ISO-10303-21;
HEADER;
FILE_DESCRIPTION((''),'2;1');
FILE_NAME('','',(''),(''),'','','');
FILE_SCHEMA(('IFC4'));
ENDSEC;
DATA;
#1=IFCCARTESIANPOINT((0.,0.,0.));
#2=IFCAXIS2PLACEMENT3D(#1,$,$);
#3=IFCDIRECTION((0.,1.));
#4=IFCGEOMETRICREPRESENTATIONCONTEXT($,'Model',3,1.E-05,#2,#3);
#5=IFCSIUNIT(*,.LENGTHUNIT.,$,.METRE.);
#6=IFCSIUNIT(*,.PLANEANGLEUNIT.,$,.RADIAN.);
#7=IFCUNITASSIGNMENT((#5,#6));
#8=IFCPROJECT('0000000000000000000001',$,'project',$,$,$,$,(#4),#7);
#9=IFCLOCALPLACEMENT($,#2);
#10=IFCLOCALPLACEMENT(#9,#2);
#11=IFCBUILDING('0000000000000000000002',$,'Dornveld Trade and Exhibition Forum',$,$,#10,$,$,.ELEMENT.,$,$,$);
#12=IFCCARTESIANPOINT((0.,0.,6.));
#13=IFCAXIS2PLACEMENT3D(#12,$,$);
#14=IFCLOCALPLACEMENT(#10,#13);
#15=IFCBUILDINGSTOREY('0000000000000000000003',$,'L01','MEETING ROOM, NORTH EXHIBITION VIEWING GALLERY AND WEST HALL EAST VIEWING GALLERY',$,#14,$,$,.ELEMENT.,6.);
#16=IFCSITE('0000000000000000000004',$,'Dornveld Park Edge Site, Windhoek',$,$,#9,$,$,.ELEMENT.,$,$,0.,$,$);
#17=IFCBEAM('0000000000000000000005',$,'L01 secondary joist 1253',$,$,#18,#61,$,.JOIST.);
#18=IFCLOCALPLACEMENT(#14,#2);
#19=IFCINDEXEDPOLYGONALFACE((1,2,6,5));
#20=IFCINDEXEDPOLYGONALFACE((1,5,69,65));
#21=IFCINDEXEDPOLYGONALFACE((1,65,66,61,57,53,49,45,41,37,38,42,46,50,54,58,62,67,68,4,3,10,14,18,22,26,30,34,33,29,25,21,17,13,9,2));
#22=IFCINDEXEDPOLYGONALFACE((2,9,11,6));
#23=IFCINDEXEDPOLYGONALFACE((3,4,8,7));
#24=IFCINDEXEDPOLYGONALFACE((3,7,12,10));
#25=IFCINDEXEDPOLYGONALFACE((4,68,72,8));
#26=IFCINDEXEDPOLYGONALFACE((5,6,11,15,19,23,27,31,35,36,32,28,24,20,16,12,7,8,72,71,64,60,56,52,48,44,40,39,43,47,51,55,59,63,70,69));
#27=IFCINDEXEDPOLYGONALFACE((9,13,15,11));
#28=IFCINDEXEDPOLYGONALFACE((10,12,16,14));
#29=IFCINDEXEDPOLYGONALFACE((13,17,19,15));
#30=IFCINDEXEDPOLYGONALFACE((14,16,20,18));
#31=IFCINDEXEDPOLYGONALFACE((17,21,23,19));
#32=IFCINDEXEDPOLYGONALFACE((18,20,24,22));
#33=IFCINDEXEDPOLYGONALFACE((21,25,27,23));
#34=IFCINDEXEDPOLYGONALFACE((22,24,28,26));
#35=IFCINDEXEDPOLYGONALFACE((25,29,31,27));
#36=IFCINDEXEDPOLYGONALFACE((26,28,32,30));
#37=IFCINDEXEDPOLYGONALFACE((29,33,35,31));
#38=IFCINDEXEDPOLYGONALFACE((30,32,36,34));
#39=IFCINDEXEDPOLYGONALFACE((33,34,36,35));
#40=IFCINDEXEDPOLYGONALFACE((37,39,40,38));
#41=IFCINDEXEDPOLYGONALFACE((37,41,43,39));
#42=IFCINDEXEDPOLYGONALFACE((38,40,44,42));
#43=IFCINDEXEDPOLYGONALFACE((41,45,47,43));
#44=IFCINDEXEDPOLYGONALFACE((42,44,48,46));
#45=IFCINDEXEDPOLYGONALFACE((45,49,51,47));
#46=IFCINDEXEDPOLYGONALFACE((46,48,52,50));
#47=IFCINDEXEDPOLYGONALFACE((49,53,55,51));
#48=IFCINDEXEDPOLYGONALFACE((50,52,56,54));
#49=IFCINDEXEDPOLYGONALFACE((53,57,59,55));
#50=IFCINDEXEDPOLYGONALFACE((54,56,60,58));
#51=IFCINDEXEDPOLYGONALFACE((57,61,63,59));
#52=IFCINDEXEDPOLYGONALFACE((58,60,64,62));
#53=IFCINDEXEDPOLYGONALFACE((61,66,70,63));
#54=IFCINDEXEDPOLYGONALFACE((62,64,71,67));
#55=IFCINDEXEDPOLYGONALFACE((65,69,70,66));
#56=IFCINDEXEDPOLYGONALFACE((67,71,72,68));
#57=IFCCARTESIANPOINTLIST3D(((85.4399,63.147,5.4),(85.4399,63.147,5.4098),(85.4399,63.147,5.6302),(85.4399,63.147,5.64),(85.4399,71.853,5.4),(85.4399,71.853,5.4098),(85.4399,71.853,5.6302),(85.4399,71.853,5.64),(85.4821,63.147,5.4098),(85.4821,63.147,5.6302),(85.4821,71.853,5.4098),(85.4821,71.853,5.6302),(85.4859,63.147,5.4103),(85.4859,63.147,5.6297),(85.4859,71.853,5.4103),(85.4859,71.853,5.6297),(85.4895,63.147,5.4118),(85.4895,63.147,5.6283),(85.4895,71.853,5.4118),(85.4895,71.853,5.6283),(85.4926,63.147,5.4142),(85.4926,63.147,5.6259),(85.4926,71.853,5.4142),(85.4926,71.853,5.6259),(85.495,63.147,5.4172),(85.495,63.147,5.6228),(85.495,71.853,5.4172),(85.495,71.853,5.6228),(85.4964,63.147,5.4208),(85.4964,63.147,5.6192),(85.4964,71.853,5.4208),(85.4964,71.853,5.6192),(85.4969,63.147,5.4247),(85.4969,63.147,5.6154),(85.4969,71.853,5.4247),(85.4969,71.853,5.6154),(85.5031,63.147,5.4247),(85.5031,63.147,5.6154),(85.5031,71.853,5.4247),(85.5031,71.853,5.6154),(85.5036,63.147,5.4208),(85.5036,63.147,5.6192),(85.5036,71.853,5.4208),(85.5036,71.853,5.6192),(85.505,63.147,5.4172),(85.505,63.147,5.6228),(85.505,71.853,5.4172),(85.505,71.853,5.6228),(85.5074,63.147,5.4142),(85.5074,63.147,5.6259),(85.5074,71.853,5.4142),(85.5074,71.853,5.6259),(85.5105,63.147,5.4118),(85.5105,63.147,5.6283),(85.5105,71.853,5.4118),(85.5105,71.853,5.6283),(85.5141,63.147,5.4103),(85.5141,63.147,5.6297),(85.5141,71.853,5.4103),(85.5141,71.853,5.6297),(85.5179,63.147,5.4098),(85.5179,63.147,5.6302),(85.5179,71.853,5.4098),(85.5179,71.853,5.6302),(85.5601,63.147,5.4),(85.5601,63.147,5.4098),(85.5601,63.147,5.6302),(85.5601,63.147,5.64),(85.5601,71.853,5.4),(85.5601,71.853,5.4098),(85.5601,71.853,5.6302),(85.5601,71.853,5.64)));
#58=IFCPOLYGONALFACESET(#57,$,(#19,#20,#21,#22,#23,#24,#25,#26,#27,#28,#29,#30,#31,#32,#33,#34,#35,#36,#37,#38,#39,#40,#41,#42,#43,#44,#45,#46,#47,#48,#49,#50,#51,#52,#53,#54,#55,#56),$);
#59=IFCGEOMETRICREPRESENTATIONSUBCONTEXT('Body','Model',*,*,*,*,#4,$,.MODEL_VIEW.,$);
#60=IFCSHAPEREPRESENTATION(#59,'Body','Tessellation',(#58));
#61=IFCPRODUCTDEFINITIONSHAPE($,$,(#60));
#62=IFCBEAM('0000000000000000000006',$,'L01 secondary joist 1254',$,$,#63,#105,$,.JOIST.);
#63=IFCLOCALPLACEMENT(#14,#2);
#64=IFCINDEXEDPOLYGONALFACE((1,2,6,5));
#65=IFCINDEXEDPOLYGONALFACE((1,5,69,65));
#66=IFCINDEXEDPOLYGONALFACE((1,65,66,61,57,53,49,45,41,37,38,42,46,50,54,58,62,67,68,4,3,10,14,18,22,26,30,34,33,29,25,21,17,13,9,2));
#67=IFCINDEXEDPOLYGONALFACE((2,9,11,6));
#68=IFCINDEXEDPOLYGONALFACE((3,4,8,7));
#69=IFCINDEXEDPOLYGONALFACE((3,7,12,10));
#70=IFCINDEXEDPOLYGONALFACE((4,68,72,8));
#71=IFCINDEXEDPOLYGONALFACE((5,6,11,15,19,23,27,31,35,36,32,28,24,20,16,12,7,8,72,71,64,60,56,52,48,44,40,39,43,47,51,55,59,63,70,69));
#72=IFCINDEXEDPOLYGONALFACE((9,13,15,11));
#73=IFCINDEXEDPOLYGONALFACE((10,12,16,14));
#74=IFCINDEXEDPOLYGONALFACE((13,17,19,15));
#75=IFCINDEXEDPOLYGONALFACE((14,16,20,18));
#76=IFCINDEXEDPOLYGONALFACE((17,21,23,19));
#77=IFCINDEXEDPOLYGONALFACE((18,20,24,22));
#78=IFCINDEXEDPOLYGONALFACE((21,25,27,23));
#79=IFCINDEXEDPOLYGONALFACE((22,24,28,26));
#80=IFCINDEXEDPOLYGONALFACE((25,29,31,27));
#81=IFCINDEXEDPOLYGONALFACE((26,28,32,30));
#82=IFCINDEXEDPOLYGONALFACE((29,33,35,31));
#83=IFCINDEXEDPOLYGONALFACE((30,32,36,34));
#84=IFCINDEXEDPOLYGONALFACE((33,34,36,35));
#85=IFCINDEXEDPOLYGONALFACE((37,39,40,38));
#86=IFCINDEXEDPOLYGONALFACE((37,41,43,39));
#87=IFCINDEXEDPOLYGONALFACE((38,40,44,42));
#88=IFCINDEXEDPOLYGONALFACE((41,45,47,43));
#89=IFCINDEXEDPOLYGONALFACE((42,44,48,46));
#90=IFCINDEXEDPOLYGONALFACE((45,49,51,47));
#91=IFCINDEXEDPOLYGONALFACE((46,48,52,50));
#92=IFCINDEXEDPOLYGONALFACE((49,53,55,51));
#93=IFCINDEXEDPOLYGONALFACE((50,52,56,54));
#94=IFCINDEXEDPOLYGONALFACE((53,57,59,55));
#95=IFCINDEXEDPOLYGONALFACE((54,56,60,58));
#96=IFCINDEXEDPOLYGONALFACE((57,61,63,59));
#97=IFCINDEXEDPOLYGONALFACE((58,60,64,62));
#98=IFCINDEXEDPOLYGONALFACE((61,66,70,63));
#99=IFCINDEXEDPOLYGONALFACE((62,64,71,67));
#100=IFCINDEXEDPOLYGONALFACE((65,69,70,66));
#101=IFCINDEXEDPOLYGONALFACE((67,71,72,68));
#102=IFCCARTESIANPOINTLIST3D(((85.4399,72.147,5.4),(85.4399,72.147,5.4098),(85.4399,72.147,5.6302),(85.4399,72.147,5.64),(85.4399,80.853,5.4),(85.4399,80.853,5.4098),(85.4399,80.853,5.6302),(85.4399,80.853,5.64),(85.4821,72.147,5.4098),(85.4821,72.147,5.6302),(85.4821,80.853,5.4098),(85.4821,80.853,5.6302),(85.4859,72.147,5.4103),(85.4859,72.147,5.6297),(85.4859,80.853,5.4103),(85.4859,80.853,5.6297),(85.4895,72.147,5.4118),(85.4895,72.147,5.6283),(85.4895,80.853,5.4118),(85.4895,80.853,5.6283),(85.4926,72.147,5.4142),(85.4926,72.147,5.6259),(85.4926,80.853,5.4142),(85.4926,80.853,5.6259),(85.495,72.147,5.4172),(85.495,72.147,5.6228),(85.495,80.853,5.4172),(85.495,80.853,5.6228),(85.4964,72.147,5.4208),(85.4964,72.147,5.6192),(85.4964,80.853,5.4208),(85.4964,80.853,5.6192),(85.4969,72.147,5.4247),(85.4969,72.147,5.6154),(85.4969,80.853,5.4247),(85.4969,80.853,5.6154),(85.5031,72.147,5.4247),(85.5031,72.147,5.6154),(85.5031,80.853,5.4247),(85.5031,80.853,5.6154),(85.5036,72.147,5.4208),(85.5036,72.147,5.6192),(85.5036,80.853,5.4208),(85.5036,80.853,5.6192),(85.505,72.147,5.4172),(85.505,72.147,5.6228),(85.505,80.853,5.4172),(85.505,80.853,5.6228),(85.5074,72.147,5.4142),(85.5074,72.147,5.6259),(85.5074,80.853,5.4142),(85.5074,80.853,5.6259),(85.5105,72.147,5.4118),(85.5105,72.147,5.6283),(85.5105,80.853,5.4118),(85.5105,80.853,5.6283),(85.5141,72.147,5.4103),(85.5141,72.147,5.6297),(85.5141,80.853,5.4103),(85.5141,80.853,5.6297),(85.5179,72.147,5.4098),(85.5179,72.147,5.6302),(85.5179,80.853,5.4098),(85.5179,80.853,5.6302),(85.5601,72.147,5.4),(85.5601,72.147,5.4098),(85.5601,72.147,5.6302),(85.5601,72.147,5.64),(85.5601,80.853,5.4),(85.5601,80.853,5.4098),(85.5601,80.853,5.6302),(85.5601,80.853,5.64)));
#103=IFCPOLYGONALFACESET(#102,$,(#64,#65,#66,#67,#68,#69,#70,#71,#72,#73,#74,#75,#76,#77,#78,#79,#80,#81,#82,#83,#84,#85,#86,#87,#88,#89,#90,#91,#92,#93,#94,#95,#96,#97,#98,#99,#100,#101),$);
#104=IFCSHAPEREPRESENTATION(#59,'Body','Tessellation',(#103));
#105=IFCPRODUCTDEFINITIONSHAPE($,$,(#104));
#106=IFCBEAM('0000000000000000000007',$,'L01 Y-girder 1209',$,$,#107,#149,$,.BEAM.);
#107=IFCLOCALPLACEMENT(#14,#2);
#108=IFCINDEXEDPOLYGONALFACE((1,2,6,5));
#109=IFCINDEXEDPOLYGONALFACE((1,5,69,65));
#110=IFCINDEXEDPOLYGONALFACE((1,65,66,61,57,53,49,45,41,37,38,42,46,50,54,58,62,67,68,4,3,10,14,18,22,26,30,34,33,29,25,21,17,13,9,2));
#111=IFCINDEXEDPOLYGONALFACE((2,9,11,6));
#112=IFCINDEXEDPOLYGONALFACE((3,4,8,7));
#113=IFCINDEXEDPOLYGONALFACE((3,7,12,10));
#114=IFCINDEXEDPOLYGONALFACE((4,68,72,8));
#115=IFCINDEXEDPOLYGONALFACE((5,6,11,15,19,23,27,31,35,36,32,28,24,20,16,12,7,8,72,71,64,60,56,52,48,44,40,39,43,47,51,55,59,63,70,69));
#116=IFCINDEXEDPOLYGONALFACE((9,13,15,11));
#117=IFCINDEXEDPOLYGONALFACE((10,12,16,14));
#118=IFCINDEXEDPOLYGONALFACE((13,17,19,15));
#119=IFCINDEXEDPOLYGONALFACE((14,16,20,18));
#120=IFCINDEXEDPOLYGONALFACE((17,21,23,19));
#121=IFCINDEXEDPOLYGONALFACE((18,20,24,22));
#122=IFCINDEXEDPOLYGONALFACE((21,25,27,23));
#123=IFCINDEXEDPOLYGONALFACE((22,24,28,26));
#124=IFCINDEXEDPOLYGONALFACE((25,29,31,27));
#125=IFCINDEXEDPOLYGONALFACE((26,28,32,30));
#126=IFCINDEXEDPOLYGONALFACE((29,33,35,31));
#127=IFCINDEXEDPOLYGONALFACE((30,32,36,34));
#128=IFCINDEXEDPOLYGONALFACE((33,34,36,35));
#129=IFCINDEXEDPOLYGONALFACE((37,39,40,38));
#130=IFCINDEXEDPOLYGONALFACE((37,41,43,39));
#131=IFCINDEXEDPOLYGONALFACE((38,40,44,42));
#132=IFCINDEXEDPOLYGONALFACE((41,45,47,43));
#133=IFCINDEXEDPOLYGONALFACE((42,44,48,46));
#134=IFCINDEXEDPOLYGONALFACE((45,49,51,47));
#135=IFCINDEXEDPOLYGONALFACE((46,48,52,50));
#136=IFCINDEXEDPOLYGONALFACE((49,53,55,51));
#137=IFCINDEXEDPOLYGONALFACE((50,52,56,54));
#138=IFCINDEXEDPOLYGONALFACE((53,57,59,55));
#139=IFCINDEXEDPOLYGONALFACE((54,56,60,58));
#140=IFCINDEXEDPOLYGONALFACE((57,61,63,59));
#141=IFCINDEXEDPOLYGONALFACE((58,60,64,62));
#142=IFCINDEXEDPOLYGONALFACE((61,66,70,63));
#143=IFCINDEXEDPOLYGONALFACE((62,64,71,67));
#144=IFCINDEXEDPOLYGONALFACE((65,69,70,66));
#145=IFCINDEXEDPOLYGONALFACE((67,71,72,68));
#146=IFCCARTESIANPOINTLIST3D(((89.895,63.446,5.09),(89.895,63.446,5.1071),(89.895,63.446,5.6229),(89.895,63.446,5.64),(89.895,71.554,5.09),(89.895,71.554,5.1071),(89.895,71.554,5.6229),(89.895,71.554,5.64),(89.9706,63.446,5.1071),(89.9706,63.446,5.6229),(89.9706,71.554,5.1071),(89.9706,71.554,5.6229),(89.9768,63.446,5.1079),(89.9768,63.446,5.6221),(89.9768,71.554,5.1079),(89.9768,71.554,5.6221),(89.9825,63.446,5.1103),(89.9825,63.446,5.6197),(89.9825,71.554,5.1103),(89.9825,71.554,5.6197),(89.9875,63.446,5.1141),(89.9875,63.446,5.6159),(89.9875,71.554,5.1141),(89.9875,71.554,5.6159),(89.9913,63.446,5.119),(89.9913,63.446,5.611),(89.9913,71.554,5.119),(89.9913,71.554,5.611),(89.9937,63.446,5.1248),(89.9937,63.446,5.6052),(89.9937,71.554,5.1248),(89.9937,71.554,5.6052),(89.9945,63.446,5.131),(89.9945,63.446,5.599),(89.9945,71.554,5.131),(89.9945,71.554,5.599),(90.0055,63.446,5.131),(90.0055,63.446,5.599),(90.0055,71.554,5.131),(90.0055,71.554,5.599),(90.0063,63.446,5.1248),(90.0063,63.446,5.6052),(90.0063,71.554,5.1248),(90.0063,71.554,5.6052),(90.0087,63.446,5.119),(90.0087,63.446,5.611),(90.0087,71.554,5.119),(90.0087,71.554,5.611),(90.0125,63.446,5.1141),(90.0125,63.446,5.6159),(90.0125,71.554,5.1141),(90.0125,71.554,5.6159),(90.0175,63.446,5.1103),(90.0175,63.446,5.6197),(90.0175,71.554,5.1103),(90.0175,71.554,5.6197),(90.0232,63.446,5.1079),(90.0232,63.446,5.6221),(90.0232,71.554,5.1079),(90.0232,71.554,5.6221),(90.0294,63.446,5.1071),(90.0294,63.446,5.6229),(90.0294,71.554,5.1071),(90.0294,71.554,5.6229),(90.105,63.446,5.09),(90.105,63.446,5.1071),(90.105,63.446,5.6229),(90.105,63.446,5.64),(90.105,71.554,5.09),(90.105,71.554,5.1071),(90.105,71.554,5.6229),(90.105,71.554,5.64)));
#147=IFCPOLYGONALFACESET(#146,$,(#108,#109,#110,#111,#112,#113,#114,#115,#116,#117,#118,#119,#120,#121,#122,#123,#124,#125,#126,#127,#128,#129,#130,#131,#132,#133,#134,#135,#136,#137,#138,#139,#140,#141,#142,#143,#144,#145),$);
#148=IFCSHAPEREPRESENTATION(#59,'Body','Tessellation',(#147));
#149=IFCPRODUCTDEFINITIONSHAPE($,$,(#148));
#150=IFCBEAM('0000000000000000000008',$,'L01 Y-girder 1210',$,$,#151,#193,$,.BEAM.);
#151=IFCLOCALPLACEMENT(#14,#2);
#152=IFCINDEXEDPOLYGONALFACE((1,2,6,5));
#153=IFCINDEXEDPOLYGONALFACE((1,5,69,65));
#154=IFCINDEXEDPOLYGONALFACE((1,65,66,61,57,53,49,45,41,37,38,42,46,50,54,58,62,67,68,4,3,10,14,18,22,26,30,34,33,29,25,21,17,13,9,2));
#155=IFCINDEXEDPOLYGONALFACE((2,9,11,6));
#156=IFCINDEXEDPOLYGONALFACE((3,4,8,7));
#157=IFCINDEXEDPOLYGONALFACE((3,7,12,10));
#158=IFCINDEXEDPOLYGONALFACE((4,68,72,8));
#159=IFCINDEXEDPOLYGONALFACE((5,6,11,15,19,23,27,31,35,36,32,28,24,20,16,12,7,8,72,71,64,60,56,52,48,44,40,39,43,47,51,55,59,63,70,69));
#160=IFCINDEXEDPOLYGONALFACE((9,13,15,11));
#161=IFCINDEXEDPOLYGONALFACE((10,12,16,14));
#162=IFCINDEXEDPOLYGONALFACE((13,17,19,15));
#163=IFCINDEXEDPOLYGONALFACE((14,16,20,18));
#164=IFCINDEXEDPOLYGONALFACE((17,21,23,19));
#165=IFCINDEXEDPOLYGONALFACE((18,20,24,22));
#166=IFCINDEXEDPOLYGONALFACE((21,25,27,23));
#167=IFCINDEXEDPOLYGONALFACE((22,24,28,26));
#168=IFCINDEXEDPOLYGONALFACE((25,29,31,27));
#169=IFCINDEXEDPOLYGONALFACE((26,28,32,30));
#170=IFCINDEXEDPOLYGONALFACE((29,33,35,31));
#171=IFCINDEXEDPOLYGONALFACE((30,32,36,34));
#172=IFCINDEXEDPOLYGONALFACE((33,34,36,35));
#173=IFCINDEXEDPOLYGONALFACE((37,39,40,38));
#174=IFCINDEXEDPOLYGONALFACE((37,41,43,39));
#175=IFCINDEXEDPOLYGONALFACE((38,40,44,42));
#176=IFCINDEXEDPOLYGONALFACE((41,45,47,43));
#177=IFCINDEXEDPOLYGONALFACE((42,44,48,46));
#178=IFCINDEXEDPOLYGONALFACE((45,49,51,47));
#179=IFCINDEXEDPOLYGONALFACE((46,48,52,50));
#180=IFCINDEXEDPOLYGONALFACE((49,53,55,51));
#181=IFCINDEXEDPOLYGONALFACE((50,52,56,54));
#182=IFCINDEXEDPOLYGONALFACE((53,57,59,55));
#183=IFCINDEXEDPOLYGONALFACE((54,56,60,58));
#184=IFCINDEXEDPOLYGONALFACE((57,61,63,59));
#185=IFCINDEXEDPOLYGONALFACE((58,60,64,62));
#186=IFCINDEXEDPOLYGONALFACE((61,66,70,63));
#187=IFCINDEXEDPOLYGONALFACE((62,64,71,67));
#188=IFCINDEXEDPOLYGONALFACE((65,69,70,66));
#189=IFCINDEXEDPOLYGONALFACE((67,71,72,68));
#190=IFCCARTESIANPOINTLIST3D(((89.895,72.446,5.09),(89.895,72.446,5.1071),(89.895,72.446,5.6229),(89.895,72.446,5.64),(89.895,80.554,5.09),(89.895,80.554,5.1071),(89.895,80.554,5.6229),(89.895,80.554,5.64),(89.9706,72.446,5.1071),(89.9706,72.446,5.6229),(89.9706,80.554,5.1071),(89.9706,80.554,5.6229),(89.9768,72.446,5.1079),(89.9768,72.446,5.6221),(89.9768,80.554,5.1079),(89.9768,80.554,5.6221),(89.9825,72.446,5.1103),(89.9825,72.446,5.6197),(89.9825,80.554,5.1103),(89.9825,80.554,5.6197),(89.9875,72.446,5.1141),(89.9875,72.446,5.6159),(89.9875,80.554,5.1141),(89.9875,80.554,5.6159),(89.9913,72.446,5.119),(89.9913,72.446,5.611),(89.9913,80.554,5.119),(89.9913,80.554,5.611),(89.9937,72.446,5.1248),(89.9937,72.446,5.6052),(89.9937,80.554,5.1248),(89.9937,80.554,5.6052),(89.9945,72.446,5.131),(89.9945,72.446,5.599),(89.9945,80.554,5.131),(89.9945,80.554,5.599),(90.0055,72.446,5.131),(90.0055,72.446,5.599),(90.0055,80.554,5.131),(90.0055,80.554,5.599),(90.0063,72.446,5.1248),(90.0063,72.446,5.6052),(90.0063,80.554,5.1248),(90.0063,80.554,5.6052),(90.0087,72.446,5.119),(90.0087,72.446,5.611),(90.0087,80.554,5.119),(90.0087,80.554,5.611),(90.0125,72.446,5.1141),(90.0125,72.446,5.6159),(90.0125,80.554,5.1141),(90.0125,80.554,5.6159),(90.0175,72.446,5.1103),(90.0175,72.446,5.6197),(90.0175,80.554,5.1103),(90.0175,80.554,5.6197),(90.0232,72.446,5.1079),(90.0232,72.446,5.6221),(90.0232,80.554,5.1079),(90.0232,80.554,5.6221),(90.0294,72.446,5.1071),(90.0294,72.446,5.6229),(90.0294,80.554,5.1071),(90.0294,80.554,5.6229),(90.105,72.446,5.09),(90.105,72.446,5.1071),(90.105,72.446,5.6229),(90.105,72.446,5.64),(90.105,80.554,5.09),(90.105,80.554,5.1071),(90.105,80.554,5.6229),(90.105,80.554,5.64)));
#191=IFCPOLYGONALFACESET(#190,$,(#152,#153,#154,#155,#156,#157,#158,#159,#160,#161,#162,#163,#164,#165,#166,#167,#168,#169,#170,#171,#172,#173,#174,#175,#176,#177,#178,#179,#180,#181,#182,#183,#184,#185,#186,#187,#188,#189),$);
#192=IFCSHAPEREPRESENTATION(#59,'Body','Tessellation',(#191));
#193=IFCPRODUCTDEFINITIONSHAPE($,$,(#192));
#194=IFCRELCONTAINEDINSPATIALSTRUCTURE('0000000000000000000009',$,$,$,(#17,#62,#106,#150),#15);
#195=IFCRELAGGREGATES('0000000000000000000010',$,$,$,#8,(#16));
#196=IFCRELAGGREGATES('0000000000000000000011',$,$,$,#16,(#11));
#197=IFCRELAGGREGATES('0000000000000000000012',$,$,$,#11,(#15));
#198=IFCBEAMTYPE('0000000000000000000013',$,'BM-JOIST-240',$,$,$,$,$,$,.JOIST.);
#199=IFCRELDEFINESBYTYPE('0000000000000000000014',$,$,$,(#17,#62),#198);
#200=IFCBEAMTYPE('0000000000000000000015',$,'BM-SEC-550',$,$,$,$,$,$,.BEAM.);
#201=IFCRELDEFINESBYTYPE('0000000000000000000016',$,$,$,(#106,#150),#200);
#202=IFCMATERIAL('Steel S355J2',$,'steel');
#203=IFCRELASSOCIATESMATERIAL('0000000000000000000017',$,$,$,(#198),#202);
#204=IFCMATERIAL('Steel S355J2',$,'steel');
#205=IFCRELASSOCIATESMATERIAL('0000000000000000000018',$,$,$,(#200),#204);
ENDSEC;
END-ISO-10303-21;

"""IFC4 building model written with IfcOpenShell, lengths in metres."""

from ifc_helpers import new_model, si_unit, direction, frame, origin, origin_2d, place, context, subcontext, project, spatial, i_section, extrude, material, material_profile, profile_set, type_object, element, save


model = new_model("IFC4")

# Units and contexts
model_context = context("Model", 3, precision=1e-05, world=origin(), true_north=direction((0.0, 1.0)))
body_context = subcontext(model_context, "Body", "Model", "MODEL_VIEW")
ifc_project = project(units=[si_unit("LENGTHUNIT", "METRE"), si_unit("PLANEANGLEUNIT", "RADIAN")], contexts=[model_context])

# Site, building, storey
site_placement = place(None, origin())
site = spatial("IfcSite", under=ifc_project, at=site_placement, Name="Dornveld Park Edge Site, Windhoek", CompositionType="ELEMENT", RefElevation=0.0)
building_placement = place(site_placement, origin())
building = spatial("IfcBuilding", under=site, at=building_placement, Name="Dornveld Trade and Exhibition Forum", CompositionType="ELEMENT")
storey_placement = place(building_placement, frame((0.0, 0.0, 6.0)))
storey = spatial("IfcBuildingStorey", under=building, at=storey_placement, Name="L01", Description="MEETING ROOM, NORTH EXHIBITION VIEWING GALLERY AND WEST HALL EAST VIEWING GALLERY", CompositionType="ELEMENT", Elevation=6.0)

# Beams
ifc_material_1 = material(Name="Steel S355J2", Category="steel")
ifc_material_profile_1 = material_profile(ifc_material_1, i_section(OverallWidth=0.1201, OverallDepth=0.24, WebThickness=0.0061, FlangeThickness=0.0098, FilletRadius=0.0149, at=origin_2d()), Name="IPE 240")
ifc_profile_set_1 = profile_set([ifc_material_profile_1], Name="Steel S355J2")
beam_type_1 = type_object("IfcBeamType", Name="BM-JOIST-240", PredefinedType="JOIST", material=ifc_profile_set_1)
for number, where, z_axis, x_axis, name in (
    (1, (85.5, 63.147, 5.52), (0.0, 1.0, 0.0), (-1.0, 0.0, 0.0), "L01 secondary joist 1253"),
    (2, (85.5, 72.147, 5.52), (0.0, 1.0, 0.0), (-1.0, 0.0, 0.0), "L01 secondary joist 1254"),
):
    element("IfcBeam", number, at=place(storey_placement, frame(where, z_axis=z_axis, x_axis=x_axis)), inside=storey, type_object=beam_type_1, Name=name, PredefinedType="JOIST", context=body_context, shape_type="SweptSolid", body=[
        extrude(i_section(OverallWidth=0.1201, OverallDepth=0.24, WebThickness=0.0061, FlangeThickness=0.0098, FilletRadius=0.0149, at=origin_2d()), origin(), (0.0, 0.0, 1.0), 8.7061),
    ])
ifc_material_2 = material(Name="Steel S355J2", Category="steel")
ifc_material_profile_2 = material_profile(ifc_material_2, i_section(OverallWidth=0.21, OverallDepth=0.55, WebThickness=0.011, FlangeThickness=0.0171, FilletRadius=0.0239, at=origin_2d()), Name="IPE 550")
ifc_profile_set_2 = profile_set([ifc_material_profile_2], Name="Steel S355J2")
beam_type_2 = type_object("IfcBeamType", Name="BM-SEC-550", PredefinedType="BEAM", material=ifc_profile_set_2)
for number, where, z_axis, x_axis, name in (
    (3, (90.0, 63.446, 5.365), (0.0, 1.0, 0.0), (-1.0, 0.0, 0.0), "L01 Y-girder 1209"),
    (4, (90.0, 72.446, 5.365), (0.0, 1.0, 0.0), (-1.0, 0.0, 0.0), "L01 Y-girder 1210"),
):
    element("IfcBeam", number, at=place(storey_placement, frame(where, z_axis=z_axis, x_axis=x_axis)), inside=storey, type_object=beam_type_2, Name=name, PredefinedType="BEAM", context=body_context, shape_type="SweptSolid", body=[
        extrude(i_section(OverallWidth=0.21, OverallDepth=0.55, WebThickness=0.011, FlangeThickness=0.0171, FilletRadius=0.0239, at=origin_2d()), origin(), (0.0, 0.0, 1.0), 8.1079),
    ])

save(model, "model.ifc")
